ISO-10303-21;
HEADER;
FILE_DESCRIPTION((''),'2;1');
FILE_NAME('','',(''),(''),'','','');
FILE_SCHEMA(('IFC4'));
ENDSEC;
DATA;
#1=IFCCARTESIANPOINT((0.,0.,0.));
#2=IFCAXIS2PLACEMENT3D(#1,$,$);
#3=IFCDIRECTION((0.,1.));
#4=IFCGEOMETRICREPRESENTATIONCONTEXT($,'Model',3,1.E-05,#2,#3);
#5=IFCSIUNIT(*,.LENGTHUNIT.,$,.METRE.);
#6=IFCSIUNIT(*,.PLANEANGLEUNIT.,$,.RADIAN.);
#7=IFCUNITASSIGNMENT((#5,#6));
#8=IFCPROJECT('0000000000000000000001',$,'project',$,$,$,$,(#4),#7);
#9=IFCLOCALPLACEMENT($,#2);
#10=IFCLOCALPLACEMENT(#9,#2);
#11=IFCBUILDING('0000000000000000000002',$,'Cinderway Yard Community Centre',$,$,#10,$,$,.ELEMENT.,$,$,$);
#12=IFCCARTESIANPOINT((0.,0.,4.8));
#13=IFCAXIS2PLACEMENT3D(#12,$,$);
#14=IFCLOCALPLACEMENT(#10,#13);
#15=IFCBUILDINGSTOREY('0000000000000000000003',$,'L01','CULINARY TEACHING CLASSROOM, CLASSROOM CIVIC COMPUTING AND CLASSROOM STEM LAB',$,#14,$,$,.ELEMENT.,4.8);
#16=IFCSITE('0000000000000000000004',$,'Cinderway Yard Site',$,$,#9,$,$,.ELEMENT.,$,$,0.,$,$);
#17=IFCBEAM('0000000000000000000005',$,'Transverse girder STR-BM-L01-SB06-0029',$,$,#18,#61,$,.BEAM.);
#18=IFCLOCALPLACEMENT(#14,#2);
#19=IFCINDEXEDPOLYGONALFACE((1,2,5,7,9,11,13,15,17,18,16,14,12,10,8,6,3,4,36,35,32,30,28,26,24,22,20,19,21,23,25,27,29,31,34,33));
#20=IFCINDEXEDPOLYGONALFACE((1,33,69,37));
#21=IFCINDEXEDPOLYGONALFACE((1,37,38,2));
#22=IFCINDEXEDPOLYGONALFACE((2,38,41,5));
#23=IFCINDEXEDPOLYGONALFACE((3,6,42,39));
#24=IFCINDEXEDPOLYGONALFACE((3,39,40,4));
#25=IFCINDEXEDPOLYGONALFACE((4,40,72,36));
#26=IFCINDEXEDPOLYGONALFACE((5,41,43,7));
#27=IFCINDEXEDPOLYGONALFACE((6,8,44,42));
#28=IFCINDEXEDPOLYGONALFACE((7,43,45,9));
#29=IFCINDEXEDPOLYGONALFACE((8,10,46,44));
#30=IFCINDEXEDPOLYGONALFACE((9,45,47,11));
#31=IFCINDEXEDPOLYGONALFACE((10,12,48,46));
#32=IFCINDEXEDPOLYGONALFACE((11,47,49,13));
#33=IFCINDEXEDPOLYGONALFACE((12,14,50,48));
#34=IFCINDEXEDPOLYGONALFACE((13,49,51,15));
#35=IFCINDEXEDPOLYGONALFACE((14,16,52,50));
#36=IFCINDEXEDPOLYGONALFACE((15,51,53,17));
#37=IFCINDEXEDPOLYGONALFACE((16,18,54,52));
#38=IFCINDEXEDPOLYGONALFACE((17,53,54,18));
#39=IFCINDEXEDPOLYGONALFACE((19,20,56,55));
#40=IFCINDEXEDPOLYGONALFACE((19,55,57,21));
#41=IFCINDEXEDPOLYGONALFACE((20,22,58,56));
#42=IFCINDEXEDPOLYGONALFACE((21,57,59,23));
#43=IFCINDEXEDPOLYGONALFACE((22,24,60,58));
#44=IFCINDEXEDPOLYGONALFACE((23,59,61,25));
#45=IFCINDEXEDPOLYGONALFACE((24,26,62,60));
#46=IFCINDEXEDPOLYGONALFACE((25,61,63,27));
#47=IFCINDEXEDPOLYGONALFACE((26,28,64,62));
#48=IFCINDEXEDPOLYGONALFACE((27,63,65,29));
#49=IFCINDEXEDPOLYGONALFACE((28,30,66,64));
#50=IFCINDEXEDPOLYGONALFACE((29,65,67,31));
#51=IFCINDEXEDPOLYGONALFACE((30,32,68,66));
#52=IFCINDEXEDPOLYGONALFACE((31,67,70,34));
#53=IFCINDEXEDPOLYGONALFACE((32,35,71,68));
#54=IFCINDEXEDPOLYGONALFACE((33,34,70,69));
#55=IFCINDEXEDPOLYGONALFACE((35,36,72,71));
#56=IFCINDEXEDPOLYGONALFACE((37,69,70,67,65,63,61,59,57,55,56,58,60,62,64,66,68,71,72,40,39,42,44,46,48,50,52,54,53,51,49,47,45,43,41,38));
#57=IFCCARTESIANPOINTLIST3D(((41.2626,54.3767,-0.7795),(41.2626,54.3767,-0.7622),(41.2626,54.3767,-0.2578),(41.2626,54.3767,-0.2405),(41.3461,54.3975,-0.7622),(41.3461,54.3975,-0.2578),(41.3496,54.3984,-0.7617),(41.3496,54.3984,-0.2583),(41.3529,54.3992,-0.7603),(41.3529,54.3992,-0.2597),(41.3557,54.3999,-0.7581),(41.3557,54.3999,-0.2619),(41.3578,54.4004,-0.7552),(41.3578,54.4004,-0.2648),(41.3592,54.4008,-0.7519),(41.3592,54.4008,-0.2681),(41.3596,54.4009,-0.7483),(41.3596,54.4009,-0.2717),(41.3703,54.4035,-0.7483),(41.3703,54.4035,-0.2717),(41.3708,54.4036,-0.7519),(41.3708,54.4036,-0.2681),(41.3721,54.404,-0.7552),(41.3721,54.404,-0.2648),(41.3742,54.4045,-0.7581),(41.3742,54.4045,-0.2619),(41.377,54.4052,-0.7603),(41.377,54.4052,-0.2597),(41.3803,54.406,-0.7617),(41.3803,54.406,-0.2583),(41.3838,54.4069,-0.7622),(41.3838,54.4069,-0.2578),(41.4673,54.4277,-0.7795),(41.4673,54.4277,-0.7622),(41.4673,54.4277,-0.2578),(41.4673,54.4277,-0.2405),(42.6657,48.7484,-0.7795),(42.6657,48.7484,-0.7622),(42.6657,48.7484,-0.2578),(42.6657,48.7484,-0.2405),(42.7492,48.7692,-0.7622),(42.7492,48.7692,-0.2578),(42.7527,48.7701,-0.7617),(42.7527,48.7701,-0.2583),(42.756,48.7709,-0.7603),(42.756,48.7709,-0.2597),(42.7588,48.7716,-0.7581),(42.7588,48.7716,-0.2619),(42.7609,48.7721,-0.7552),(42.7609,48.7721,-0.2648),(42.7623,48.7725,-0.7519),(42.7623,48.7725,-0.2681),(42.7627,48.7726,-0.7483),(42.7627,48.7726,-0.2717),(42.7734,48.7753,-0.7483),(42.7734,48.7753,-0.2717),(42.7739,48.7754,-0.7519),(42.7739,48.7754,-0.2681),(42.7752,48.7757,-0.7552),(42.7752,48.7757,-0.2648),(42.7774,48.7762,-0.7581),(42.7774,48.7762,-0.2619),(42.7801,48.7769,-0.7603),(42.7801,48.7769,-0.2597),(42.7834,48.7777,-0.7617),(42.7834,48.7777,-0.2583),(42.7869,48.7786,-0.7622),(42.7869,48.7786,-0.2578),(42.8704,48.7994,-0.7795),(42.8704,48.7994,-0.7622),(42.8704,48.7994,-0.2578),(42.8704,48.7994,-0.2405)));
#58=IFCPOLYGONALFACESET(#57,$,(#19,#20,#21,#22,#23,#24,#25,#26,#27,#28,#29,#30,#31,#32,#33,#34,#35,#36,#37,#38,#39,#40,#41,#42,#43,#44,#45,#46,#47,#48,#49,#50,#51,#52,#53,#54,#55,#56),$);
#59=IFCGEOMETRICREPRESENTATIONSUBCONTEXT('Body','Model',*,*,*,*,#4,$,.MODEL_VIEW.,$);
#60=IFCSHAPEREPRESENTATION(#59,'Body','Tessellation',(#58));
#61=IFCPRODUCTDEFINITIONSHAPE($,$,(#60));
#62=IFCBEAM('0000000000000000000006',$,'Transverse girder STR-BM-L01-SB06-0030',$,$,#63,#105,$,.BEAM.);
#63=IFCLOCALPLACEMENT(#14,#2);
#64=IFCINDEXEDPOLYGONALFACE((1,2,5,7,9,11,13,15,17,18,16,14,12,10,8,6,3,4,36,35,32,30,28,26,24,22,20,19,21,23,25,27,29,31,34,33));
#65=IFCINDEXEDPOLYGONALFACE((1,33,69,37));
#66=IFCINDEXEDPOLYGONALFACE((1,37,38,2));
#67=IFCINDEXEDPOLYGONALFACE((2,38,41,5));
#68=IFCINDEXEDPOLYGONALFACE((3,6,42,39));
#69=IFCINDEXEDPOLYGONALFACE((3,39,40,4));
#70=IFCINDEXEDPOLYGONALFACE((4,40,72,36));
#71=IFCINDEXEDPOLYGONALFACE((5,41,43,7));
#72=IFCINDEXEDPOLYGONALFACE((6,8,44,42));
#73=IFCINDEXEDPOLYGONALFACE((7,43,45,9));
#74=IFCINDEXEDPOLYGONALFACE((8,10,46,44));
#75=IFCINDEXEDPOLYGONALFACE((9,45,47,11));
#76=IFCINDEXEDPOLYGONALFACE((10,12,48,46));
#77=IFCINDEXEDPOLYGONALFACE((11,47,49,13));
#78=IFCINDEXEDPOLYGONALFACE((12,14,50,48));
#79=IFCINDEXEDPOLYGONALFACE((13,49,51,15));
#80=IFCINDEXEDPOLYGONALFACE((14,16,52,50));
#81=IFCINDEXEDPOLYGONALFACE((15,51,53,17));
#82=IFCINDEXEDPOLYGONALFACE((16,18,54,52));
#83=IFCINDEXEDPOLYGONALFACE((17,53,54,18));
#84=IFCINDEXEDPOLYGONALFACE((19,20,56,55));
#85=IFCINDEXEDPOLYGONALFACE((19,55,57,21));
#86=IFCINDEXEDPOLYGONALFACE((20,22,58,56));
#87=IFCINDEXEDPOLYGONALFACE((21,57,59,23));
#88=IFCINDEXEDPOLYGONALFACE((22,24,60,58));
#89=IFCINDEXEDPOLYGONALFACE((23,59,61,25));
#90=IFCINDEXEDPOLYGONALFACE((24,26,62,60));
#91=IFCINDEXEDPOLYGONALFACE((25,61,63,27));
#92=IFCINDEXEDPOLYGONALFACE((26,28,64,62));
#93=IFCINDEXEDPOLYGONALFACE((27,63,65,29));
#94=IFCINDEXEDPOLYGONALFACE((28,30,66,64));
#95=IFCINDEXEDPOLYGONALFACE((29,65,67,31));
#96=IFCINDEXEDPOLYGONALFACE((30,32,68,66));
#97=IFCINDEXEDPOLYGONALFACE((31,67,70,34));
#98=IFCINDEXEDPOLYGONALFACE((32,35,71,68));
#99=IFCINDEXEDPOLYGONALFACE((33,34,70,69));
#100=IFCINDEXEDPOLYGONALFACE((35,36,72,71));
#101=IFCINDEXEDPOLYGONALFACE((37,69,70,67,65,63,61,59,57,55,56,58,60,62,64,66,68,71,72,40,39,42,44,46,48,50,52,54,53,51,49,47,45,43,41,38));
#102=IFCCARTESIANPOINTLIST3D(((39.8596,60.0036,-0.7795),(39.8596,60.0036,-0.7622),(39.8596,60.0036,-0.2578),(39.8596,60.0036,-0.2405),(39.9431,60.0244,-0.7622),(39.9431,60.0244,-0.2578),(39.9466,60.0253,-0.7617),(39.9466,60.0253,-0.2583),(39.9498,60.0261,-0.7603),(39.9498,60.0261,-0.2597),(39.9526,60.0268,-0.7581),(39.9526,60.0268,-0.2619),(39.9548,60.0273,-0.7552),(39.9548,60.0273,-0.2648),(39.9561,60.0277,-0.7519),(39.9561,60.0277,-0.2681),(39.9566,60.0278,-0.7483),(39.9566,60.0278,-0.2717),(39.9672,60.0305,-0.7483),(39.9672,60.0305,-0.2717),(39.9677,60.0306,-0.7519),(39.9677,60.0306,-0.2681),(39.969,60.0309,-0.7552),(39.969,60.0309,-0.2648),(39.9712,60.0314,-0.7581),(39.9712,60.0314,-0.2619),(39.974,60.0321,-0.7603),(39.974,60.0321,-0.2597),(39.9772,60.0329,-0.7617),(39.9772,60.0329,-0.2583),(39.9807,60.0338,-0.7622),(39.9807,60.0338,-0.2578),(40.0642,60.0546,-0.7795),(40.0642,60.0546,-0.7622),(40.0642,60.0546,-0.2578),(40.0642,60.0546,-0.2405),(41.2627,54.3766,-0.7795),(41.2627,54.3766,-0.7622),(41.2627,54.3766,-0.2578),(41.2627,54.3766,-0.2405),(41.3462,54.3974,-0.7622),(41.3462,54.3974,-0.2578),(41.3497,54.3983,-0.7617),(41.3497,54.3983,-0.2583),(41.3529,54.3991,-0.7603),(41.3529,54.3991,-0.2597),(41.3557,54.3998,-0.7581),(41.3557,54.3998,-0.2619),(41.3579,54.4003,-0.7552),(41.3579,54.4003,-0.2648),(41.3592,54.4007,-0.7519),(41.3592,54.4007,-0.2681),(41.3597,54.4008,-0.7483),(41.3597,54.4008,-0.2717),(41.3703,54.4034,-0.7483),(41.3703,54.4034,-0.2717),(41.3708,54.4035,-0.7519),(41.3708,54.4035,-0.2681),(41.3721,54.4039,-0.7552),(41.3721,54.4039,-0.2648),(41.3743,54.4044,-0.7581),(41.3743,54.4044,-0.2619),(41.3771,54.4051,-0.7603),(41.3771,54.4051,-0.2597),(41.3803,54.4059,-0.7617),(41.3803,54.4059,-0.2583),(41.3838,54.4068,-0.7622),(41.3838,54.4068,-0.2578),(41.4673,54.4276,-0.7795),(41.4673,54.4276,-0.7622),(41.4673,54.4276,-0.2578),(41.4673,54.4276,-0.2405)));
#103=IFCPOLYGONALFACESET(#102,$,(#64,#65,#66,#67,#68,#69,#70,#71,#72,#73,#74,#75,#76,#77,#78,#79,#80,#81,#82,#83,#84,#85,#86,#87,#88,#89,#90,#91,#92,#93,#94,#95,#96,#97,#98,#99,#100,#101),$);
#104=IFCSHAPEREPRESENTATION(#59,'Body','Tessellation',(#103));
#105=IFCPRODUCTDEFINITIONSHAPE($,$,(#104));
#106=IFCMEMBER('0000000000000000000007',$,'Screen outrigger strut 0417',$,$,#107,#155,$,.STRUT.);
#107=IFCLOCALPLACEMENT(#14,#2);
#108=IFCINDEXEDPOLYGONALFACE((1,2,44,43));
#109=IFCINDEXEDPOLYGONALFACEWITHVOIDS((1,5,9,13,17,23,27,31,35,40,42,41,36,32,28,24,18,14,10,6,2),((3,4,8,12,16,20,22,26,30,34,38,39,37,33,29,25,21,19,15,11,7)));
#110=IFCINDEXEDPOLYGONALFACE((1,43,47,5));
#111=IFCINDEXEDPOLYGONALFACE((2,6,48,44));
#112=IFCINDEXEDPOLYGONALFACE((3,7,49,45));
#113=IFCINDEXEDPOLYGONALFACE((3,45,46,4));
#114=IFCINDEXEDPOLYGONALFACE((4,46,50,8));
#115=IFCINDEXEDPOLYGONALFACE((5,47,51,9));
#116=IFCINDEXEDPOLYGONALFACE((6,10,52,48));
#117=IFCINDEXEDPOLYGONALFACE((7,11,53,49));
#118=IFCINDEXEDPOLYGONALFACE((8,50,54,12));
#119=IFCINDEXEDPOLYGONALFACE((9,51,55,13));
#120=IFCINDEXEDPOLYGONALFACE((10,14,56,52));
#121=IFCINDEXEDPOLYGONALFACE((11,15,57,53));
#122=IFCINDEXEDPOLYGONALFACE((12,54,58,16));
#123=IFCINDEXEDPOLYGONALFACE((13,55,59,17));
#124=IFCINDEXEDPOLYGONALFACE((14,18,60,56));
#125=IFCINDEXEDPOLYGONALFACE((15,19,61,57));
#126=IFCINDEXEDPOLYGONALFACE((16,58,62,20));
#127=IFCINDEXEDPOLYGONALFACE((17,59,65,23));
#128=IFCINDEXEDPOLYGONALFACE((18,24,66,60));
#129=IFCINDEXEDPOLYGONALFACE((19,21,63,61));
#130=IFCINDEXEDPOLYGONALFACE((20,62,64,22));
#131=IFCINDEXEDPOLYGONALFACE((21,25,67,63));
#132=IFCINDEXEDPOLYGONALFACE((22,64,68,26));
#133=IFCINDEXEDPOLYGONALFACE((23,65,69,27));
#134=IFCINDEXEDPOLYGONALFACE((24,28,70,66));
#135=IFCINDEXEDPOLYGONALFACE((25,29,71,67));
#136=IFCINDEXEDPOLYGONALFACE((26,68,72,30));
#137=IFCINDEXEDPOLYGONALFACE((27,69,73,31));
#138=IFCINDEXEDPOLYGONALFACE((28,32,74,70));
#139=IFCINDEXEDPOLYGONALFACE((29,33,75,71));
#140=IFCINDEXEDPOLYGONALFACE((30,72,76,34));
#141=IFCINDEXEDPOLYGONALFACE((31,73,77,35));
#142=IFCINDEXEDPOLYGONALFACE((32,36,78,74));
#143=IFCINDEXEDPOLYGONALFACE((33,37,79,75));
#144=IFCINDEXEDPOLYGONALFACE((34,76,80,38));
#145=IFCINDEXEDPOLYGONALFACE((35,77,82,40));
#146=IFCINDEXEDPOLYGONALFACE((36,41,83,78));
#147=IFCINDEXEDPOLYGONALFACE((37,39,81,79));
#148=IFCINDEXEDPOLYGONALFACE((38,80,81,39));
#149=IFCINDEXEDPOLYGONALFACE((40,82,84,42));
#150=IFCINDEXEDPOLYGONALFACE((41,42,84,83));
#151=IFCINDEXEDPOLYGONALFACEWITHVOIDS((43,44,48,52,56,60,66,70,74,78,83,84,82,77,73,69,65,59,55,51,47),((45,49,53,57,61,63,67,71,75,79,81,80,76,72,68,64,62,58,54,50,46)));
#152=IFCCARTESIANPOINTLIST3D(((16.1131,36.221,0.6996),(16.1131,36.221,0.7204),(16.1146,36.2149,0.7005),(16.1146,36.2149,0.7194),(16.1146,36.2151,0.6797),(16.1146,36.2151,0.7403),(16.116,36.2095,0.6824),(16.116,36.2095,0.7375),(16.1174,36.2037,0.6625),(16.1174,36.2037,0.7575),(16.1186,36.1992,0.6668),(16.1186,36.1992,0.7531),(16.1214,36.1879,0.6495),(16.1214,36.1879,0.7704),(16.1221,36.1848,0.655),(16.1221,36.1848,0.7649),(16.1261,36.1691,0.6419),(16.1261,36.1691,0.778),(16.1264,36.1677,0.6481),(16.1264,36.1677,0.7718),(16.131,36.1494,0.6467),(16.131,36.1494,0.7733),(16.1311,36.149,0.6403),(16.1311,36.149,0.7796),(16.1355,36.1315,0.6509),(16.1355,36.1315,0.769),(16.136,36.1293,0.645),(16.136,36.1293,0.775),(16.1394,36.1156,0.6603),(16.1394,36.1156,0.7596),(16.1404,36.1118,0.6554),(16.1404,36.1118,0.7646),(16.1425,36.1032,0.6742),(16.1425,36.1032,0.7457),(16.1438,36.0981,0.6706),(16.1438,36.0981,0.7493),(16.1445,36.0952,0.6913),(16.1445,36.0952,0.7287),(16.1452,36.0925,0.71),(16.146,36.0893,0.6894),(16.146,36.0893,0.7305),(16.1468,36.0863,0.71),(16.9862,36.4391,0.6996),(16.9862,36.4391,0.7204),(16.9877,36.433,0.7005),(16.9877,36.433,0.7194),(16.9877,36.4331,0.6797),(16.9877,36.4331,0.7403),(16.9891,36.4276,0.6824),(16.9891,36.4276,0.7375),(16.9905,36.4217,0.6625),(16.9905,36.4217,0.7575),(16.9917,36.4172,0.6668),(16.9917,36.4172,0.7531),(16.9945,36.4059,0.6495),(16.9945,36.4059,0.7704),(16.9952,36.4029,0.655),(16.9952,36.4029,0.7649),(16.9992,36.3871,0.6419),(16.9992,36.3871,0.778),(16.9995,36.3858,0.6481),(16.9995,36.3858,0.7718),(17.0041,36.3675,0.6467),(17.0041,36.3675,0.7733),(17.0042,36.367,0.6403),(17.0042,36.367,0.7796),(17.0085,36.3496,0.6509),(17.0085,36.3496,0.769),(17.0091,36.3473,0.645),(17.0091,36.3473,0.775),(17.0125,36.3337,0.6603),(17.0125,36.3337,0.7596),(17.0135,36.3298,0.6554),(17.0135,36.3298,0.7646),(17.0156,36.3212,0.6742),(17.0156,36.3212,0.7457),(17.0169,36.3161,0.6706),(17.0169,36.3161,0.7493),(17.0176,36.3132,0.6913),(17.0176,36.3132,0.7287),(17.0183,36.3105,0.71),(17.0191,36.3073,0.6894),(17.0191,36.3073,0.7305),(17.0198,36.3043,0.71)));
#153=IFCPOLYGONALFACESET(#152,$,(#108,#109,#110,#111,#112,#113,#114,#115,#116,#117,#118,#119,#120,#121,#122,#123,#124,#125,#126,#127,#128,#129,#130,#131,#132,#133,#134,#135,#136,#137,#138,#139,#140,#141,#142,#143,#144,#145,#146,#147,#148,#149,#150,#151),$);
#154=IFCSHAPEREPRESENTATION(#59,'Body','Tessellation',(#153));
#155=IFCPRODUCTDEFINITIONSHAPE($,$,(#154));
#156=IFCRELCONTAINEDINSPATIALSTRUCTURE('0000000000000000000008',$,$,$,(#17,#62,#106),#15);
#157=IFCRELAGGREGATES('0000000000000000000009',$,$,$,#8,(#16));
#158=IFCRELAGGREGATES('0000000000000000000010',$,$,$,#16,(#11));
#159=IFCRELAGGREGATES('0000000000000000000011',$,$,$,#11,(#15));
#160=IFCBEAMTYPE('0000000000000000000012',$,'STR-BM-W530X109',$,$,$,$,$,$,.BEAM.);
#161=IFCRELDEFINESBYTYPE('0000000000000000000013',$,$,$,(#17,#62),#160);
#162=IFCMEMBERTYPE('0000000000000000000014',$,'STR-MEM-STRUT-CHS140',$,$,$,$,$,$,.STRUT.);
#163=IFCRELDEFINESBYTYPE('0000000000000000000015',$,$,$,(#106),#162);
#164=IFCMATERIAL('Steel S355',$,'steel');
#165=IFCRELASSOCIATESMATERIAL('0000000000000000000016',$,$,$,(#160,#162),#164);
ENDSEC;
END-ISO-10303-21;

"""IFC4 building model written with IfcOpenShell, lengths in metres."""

from ifc_helpers import new_model, si_unit, direction, frame, origin, origin_2d, place, context, subcontext, project, spatial, hollow_circle, i_section, extrude, material, material_profile, profile_set, type_object, element, save


model = new_model("IFC4")

# Units and contexts
model_context = context("Model", 3, precision=1e-05, world=origin(), true_north=direction((0.0, 1.0)))
body_context = subcontext(model_context, "Body", "Model", "MODEL_VIEW")
ifc_project = project(units=[si_unit("LENGTHUNIT", "METRE"), si_unit("PLANEANGLEUNIT", "RADIAN")], contexts=[model_context])

# Site, building, storey
site_placement = place(None, origin())
site = spatial("IfcSite", under=ifc_project, at=site_placement, Name="Cinderway Yard Site", CompositionType="ELEMENT", RefElevation=0.0)
building_placement = place(site_placement, origin())
building = spatial("IfcBuilding", under=site, at=building_placement, Name="Cinderway Yard Community Centre", CompositionType="ELEMENT")
storey_placement = place(building_placement, frame((0.0, 0.0, 4.8)))
storey = spatial("IfcBuildingStorey", under=building, at=storey_placement, Name="L01", Description="CULINARY TEACHING CLASSROOM, CLASSROOM CIVIC COMPUTING AND CLASSROOM STEM LAB", CompositionType="ELEMENT", Elevation=4.8)

# Shared definitions
ifc_material_1 = material(Name="Steel S355", Category="steel")

# Beams
ifc_material_profile_1 = material_profile(ifc_material_1, i_section(OverallWidth=0.2109, OverallDepth=0.5391, WebThickness=0.011, FlangeThickness=0.0173, FilletRadius=0.0139, at=origin_2d()), Name="Steel S355")
ifc_profile_set_1 = profile_set([ifc_material_profile_1], Name="Steel S355")
beam_type_1 = type_object("IfcBeamType", Name="STR-BM-W530X109", PredefinedType="BEAM", material=ifc_profile_set_1)
beam_1_placement = place(storey_placement, frame((42.7681, 48.7739, -0.51), z_axis=(-0.241892, 0.970303, 0.0), x_axis=(-0.970303, -0.241892, 0.0)))
element("IfcBeam", 1, at=beam_1_placement, inside=storey, type_object=beam_type_1, Name="Transverse girder STR-BM-L01-SB06-0029", PredefinedType="BEAM", context=body_context, shape_type="SweptSolid", body=[
    extrude(i_section(OverallWidth=0.2109, OverallDepth=0.5391, WebThickness=0.011, FlangeThickness=0.0173, FilletRadius=0.0139, at=origin_2d()), origin(), (0.0, 0.0, 1.0), 5.8005),
])
beam_2_placement = place(storey_placement, frame((41.365, 54.4021, -0.51), z_axis=(-0.241941, 0.970291, 0.0), x_axis=(-0.970291, -0.241941, 0.0)))
element("IfcBeam", 2, at=beam_2_placement, inside=storey, type_object=beam_type_1, Name="Transverse girder STR-BM-L01-SB06-0030", PredefinedType="BEAM", context=body_context, shape_type="SweptSolid", body=[
    extrude(i_section(OverallWidth=0.2109, OverallDepth=0.5391, WebThickness=0.011, FlangeThickness=0.0173, FilletRadius=0.0139, at=origin_2d()), origin(), (0.0, 0.0, 1.0), 5.7993),
])

# Member
ifc_material_profile_2 = material_profile(ifc_material_1, hollow_circle(Radius=0.0698, WallThickness=0.0063, at=origin_2d()), Name="Steel S355")
ifc_profile_set_2 = profile_set([ifc_material_profile_2], Name="Steel S355")
member_type_1 = type_object("IfcMemberType", Name="STR-MEM-STRUT-CHS140", PredefinedType="STRUT", material=ifc_profile_set_2)
for number, where, z_axis, x_axis, name in (
    (3, (17.0029, 36.3721, 0.71), (-0.970206, -0.24228, 0.0), (0.24228, -0.970206, 0.0), "Screen outrigger strut 0417"),
):
    element("IfcMember", number, at=place(storey_placement, frame(where, z_axis=z_axis, x_axis=x_axis)), inside=storey, type_object=member_type_1, Name=name, PredefinedType="STRUT", context=body_context, shape_type="SweptSolid", body=[
        extrude(hollow_circle(Radius=0.0698, WallThickness=0.0063, at=origin_2d()), origin(), (0.0, 0.0, 1.0), 0.8999),
    ])

save(model, "model.ifc")
